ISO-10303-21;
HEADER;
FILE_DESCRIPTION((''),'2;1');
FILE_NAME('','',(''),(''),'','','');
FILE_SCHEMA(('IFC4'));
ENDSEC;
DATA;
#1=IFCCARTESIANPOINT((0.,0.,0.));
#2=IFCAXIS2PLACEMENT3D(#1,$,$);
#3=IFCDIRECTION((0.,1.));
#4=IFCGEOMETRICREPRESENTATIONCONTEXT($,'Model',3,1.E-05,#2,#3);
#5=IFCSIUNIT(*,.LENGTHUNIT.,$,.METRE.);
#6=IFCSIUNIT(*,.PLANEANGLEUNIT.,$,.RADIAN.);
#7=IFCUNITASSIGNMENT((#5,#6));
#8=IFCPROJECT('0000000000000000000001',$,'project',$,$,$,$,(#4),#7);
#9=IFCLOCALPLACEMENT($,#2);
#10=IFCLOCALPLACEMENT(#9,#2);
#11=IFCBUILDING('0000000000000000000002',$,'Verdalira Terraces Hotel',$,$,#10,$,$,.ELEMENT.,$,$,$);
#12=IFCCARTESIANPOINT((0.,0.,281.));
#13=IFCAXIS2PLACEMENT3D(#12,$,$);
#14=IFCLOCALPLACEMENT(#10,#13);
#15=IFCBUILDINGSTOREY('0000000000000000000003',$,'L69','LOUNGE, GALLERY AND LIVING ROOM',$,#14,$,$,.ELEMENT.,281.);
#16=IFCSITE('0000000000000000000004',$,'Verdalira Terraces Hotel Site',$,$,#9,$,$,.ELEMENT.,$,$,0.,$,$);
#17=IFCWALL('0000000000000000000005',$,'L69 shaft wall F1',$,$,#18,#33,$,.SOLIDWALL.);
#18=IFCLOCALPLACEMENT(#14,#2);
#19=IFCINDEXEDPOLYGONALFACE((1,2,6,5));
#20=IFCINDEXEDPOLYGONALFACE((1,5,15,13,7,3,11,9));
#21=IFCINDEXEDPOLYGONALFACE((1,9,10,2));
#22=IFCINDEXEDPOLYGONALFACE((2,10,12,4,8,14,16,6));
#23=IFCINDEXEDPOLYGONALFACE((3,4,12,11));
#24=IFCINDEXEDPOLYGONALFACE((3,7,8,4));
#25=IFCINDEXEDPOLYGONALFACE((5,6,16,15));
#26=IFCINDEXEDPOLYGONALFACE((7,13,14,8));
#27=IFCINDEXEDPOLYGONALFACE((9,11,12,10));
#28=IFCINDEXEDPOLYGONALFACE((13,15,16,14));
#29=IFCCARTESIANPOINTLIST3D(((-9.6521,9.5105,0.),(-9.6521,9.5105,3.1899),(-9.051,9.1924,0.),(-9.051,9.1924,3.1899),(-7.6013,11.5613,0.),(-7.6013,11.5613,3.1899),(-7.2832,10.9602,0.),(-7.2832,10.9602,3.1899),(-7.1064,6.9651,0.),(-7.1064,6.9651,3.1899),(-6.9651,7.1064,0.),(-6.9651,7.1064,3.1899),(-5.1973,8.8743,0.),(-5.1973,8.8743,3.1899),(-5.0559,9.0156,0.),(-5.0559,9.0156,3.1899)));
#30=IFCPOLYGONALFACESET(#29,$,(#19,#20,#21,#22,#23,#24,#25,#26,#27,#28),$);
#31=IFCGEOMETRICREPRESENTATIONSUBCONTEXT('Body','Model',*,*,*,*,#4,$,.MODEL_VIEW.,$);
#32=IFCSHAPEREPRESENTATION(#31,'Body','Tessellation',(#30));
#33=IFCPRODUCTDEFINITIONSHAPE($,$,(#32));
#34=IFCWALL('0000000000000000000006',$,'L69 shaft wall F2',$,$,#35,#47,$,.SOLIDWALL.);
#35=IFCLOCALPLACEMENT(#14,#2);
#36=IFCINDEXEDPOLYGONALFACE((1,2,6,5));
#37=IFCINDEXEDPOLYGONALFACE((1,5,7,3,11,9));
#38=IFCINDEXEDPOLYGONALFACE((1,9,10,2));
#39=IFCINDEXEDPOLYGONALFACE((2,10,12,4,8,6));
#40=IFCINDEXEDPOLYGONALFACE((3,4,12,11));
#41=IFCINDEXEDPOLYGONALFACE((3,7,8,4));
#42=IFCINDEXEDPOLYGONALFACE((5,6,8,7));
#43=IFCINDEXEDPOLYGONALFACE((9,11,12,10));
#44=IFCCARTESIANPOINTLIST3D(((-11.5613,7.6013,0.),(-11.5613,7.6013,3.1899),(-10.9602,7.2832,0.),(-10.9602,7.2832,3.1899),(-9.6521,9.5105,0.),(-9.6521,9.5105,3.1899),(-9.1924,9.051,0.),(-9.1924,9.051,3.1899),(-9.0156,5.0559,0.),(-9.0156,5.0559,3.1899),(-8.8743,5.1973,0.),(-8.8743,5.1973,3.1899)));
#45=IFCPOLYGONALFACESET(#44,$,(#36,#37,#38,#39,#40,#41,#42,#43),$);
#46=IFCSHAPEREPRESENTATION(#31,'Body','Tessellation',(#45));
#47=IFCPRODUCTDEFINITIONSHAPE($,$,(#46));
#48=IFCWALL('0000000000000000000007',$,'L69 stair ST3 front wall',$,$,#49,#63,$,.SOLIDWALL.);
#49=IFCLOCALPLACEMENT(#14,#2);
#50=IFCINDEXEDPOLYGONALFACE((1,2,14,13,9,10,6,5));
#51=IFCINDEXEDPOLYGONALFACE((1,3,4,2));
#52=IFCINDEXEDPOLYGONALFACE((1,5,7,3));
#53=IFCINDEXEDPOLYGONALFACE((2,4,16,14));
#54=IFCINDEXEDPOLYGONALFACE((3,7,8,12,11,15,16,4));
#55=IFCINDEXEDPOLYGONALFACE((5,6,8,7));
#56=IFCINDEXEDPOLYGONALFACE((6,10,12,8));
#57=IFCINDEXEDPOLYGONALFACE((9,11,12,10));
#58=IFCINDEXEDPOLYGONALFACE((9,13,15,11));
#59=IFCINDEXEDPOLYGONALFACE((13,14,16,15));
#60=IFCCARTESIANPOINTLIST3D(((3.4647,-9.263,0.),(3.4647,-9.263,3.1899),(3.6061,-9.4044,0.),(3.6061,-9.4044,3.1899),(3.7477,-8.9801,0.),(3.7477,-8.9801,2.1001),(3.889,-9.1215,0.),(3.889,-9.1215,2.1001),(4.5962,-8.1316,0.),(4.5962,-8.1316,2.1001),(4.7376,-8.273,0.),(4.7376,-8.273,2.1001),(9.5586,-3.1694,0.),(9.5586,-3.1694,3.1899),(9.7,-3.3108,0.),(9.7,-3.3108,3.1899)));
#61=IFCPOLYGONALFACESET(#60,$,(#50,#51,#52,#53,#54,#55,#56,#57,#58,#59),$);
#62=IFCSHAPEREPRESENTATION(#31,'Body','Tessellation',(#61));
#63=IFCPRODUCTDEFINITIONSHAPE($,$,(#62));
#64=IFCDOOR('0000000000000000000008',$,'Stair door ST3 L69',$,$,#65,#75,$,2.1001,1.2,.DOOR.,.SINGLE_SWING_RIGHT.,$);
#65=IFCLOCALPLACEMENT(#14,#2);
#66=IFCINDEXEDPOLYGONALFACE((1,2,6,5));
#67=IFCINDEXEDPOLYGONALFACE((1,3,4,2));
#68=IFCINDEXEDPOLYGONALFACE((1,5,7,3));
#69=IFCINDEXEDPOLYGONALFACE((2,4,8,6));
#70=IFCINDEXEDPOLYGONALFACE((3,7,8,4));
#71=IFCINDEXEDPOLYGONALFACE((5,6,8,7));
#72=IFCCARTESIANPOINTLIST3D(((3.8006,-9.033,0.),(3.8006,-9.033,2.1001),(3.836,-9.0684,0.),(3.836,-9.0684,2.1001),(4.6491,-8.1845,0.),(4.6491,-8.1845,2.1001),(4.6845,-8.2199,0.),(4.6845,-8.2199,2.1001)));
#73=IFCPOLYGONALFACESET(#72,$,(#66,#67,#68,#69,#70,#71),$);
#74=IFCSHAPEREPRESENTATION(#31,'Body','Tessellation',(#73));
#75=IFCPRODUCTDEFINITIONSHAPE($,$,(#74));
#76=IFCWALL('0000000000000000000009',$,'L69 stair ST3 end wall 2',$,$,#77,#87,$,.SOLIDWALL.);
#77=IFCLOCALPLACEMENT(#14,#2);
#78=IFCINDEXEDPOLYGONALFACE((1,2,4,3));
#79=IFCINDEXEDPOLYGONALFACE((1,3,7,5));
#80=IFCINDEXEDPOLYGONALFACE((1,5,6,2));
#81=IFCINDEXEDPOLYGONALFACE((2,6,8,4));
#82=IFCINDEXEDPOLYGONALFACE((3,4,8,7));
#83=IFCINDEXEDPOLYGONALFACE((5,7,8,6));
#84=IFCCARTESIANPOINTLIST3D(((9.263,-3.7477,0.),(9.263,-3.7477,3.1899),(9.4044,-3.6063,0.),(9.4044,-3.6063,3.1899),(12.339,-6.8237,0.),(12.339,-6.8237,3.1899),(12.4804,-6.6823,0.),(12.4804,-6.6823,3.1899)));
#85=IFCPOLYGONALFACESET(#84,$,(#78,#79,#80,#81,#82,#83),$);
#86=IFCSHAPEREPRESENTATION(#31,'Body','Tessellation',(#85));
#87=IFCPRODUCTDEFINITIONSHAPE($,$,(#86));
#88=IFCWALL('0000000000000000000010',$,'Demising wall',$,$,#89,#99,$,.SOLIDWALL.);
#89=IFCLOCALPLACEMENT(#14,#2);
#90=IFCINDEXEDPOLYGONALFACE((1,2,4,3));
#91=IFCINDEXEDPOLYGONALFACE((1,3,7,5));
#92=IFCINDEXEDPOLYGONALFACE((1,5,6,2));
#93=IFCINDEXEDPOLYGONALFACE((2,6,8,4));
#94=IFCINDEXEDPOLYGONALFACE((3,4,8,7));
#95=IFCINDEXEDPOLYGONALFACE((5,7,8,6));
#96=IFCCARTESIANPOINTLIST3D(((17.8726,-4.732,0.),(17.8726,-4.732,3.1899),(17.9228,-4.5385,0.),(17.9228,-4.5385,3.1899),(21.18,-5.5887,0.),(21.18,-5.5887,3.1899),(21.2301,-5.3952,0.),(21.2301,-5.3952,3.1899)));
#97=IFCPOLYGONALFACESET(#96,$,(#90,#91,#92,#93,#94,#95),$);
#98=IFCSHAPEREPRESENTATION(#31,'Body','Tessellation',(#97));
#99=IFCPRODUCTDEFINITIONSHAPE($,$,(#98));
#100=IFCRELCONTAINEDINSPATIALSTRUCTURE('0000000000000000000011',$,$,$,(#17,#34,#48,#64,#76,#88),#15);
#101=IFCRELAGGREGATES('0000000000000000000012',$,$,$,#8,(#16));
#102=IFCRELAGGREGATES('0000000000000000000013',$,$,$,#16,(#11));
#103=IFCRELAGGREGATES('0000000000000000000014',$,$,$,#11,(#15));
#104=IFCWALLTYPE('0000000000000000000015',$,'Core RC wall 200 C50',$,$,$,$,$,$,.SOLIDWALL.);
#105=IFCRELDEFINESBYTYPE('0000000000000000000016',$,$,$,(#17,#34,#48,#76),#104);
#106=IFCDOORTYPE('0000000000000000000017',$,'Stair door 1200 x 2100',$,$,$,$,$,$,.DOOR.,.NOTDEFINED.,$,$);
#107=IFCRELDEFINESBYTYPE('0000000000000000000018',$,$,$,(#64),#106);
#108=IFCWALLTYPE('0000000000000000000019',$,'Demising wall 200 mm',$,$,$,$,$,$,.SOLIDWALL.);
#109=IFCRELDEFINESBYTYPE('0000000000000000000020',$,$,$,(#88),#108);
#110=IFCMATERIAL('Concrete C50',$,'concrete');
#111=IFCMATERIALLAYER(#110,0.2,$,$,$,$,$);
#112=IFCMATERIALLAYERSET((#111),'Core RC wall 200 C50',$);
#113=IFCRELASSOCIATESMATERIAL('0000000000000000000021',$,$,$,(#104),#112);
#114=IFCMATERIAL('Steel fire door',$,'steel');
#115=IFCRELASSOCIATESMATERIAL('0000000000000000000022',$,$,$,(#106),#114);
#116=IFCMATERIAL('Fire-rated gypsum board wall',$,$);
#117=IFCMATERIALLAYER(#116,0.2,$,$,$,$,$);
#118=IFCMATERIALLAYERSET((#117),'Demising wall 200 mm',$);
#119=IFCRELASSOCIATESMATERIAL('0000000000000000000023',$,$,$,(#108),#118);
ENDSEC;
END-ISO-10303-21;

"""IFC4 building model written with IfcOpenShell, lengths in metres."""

from ifc_helpers import new_model, si_unit, direction, frame, frame_2d, origin, place, context, subcontext, project, spatial, polyline, rectangle, outline, extrude, material, layer, layer_set, type_object, element, fill, save


model = new_model("IFC4")

# Units and contexts
model_context = context("Model", 3, precision=1e-05, world=origin(), true_north=direction((0.0, 1.0)))
body_context = subcontext(model_context, "Body", "Model", "MODEL_VIEW")
ifc_project = project(units=[si_unit("LENGTHUNIT", "METRE"), si_unit("PLANEANGLEUNIT", "RADIAN")], contexts=[model_context])

# Site, building, storey
site_placement = place(None, origin())
site = spatial("IfcSite", under=ifc_project, at=site_placement, Name="Verdalira Terraces Hotel Site", CompositionType="ELEMENT", RefElevation=0.0)
building_placement = place(site_placement, origin())
building = spatial("IfcBuilding", under=site, at=building_placement, Name="Verdalira Terraces Hotel", CompositionType="ELEMENT")
storey_placement = place(building_placement, frame((0.0, 0.0, 281.0)))
storey = spatial("IfcBuildingStorey", under=building, at=storey_placement, Name="L69", Description="LOUNGE, GALLERY AND LIVING ROOM", CompositionType="ELEMENT", Elevation=281.0)

# Shared definitions
ifc_material_1 = material(Name="Concrete C50", Category="concrete")
ifc_layer_1 = layer(ifc_material_1, 0.2)
ifc_layer_set_1 = layer_set([ifc_layer_1], Name="Core RC wall 200 C50")
wall_type_1 = type_object("IfcWallType", Name="Core RC wall 200 C50", PredefinedType="SOLIDWALL", material=ifc_layer_set_1)

# Walls
wall_1_placement = place(storey_placement, origin())
element("IfcWall", 1, at=wall_1_placement, inside=storey, type_object=wall_type_1, Name="L69 shaft wall F1", PredefinedType="SOLIDWALL", context=body_context, shape_type="SweptSolid", body=[
    extrude(outline(polyline([(-9.6521, 9.5105), (-7.6013, 11.5613), (-5.0559, 9.0156), (-5.1973, 8.8743), (-7.2832, 10.9602), (-9.051, 9.1924), (-6.9651, 7.1064), (-7.1064, 6.9651), (-9.6521, 9.5105)])), origin(), (0.0, 0.0, 1.0), 3.1899),
])
wall_2_placement = place(storey_placement, origin())
element("IfcWall", 2, at=wall_2_placement, inside=storey, type_object=wall_type_1, Name="L69 shaft wall F2", PredefinedType="SOLIDWALL", context=body_context, shape_type="SweptSolid", body=[
    extrude(outline(polyline([(-11.5613, 7.6013), (-9.6521, 9.5105), (-9.1924, 9.051), (-10.9602, 7.2832), (-8.8743, 5.1973), (-9.0156, 5.0559), (-11.5613, 7.6013)])), origin(), (0.0, 0.0, 1.0), 3.1899),
])

# Wall, opening, door
wall_3_placement = place(storey_placement, frame((9.6294, -3.24, 0.0), z_axis=(0.0, 0.0, 1.0), x_axis=(-0.707121, -0.707093, 0.0)))
wall_3 = element("IfcWall", 3, at=wall_3_placement, inside=storey, type_object=wall_type_1, Name="L69 stair ST3 front wall", PredefinedType="SOLIDWALL", context=body_context, shape_type="SweptSolid", body=[
    extrude(rectangle(XDim=8.6179, YDim=0.2, at=frame_2d((4.3091, 0.0))), origin(), (0.0, 0.0, 1.0), 3.1899),
])
opening_1_placement = place(wall_3_placement, frame((7.0178, 0.0, 0.0)))
opening_1 = element("IfcOpeningElement", 4, at=opening_1_placement, cuts=wall_3, PredefinedType="OPENING", context=body_context, shape_type="SweptSolid", body=[
    extrude(rectangle(XDim=1.2, YDim=2.1001, at=frame_2d((0.6001, 1.05))), frame((0.0, 0.1099, 0.0), z_axis=(0.0, -1.0, 0.0), x_axis=(1.0, 0.0, 0.0)), (0.0, 0.0, 1.0), 0.22),
])
ifc_material_2 = material(Name="Steel fire door", Category="steel")
door_type_1 = type_object("IfcDoorType", Name="Stair door 1200 x 2100", OperationType="NOTDEFINED", PredefinedType="DOOR", material=ifc_material_2)
door_1_placement = place(opening_1_placement, origin())
door_1 = element("IfcDoor", 5, at=door_1_placement, inside=storey, type_object=door_type_1, Name="Stair door ST3 L69", OperationType="SINGLE_SWING_RIGHT", OverallHeight=2.1001, OverallWidth=1.2, PredefinedType="DOOR", context=body_context, shape_type="SweptSolid", body=[
    extrude(rectangle(XDim=1.2, YDim=2.1001, at=frame_2d((0.6001, 1.05))), frame((0.0, 0.0249, 0.0), z_axis=(0.0, -1.0, 0.0), x_axis=(1.0, 0.0, 0.0)), (0.0, 0.0, 1.0), 0.05),
])
fill(opening_1, door_1)

# Walls
wall_4_placement = place(storey_placement, frame((9.3337, -3.677, 0.0), z_axis=(0.0, 0.0, 1.0), x_axis=(0.707107, -0.707107, 0.0)))
element("IfcWall", 6, at=wall_4_placement, inside=storey, type_object=wall_type_1, Name="L69 stair ST3 end wall 2", PredefinedType="SOLIDWALL", context=body_context, shape_type="SweptSolid", body=[
    extrude(rectangle(XDim=4.3501, YDim=0.2, at=frame_2d((2.175, 0.0))), origin(), (0.0, 0.0, 1.0), 3.1899),
])
ifc_material_3 = material(Name="Fire-rated gypsum board wall")
ifc_layer_2 = layer(ifc_material_3, 0.2)
ifc_layer_set_2 = layer_set([ifc_layer_2], Name="Demising wall 200 mm")
wall_type_2 = type_object("IfcWallType", Name="Demising wall 200 mm", PredefinedType="SOLIDWALL", material=ifc_layer_set_2)
wall_5_placement = place(storey_placement, frame((17.8977, -4.6353, 0.0), z_axis=(0.0, 0.0, 1.0), x_axis=(0.968052, -0.250749, 0.0)))
element("IfcWall", 7, at=wall_5_placement, inside=storey, type_object=wall_type_2, Name="Demising wall", PredefinedType="SOLIDWALL", context=body_context, shape_type="SweptSolid", body=[
    extrude(rectangle(XDim=3.4165, YDim=0.2, at=frame_2d((1.7083, 0.0))), origin(), (0.0, 0.0, 1.0), 3.1899),
])

save(model, "model.ifc")
